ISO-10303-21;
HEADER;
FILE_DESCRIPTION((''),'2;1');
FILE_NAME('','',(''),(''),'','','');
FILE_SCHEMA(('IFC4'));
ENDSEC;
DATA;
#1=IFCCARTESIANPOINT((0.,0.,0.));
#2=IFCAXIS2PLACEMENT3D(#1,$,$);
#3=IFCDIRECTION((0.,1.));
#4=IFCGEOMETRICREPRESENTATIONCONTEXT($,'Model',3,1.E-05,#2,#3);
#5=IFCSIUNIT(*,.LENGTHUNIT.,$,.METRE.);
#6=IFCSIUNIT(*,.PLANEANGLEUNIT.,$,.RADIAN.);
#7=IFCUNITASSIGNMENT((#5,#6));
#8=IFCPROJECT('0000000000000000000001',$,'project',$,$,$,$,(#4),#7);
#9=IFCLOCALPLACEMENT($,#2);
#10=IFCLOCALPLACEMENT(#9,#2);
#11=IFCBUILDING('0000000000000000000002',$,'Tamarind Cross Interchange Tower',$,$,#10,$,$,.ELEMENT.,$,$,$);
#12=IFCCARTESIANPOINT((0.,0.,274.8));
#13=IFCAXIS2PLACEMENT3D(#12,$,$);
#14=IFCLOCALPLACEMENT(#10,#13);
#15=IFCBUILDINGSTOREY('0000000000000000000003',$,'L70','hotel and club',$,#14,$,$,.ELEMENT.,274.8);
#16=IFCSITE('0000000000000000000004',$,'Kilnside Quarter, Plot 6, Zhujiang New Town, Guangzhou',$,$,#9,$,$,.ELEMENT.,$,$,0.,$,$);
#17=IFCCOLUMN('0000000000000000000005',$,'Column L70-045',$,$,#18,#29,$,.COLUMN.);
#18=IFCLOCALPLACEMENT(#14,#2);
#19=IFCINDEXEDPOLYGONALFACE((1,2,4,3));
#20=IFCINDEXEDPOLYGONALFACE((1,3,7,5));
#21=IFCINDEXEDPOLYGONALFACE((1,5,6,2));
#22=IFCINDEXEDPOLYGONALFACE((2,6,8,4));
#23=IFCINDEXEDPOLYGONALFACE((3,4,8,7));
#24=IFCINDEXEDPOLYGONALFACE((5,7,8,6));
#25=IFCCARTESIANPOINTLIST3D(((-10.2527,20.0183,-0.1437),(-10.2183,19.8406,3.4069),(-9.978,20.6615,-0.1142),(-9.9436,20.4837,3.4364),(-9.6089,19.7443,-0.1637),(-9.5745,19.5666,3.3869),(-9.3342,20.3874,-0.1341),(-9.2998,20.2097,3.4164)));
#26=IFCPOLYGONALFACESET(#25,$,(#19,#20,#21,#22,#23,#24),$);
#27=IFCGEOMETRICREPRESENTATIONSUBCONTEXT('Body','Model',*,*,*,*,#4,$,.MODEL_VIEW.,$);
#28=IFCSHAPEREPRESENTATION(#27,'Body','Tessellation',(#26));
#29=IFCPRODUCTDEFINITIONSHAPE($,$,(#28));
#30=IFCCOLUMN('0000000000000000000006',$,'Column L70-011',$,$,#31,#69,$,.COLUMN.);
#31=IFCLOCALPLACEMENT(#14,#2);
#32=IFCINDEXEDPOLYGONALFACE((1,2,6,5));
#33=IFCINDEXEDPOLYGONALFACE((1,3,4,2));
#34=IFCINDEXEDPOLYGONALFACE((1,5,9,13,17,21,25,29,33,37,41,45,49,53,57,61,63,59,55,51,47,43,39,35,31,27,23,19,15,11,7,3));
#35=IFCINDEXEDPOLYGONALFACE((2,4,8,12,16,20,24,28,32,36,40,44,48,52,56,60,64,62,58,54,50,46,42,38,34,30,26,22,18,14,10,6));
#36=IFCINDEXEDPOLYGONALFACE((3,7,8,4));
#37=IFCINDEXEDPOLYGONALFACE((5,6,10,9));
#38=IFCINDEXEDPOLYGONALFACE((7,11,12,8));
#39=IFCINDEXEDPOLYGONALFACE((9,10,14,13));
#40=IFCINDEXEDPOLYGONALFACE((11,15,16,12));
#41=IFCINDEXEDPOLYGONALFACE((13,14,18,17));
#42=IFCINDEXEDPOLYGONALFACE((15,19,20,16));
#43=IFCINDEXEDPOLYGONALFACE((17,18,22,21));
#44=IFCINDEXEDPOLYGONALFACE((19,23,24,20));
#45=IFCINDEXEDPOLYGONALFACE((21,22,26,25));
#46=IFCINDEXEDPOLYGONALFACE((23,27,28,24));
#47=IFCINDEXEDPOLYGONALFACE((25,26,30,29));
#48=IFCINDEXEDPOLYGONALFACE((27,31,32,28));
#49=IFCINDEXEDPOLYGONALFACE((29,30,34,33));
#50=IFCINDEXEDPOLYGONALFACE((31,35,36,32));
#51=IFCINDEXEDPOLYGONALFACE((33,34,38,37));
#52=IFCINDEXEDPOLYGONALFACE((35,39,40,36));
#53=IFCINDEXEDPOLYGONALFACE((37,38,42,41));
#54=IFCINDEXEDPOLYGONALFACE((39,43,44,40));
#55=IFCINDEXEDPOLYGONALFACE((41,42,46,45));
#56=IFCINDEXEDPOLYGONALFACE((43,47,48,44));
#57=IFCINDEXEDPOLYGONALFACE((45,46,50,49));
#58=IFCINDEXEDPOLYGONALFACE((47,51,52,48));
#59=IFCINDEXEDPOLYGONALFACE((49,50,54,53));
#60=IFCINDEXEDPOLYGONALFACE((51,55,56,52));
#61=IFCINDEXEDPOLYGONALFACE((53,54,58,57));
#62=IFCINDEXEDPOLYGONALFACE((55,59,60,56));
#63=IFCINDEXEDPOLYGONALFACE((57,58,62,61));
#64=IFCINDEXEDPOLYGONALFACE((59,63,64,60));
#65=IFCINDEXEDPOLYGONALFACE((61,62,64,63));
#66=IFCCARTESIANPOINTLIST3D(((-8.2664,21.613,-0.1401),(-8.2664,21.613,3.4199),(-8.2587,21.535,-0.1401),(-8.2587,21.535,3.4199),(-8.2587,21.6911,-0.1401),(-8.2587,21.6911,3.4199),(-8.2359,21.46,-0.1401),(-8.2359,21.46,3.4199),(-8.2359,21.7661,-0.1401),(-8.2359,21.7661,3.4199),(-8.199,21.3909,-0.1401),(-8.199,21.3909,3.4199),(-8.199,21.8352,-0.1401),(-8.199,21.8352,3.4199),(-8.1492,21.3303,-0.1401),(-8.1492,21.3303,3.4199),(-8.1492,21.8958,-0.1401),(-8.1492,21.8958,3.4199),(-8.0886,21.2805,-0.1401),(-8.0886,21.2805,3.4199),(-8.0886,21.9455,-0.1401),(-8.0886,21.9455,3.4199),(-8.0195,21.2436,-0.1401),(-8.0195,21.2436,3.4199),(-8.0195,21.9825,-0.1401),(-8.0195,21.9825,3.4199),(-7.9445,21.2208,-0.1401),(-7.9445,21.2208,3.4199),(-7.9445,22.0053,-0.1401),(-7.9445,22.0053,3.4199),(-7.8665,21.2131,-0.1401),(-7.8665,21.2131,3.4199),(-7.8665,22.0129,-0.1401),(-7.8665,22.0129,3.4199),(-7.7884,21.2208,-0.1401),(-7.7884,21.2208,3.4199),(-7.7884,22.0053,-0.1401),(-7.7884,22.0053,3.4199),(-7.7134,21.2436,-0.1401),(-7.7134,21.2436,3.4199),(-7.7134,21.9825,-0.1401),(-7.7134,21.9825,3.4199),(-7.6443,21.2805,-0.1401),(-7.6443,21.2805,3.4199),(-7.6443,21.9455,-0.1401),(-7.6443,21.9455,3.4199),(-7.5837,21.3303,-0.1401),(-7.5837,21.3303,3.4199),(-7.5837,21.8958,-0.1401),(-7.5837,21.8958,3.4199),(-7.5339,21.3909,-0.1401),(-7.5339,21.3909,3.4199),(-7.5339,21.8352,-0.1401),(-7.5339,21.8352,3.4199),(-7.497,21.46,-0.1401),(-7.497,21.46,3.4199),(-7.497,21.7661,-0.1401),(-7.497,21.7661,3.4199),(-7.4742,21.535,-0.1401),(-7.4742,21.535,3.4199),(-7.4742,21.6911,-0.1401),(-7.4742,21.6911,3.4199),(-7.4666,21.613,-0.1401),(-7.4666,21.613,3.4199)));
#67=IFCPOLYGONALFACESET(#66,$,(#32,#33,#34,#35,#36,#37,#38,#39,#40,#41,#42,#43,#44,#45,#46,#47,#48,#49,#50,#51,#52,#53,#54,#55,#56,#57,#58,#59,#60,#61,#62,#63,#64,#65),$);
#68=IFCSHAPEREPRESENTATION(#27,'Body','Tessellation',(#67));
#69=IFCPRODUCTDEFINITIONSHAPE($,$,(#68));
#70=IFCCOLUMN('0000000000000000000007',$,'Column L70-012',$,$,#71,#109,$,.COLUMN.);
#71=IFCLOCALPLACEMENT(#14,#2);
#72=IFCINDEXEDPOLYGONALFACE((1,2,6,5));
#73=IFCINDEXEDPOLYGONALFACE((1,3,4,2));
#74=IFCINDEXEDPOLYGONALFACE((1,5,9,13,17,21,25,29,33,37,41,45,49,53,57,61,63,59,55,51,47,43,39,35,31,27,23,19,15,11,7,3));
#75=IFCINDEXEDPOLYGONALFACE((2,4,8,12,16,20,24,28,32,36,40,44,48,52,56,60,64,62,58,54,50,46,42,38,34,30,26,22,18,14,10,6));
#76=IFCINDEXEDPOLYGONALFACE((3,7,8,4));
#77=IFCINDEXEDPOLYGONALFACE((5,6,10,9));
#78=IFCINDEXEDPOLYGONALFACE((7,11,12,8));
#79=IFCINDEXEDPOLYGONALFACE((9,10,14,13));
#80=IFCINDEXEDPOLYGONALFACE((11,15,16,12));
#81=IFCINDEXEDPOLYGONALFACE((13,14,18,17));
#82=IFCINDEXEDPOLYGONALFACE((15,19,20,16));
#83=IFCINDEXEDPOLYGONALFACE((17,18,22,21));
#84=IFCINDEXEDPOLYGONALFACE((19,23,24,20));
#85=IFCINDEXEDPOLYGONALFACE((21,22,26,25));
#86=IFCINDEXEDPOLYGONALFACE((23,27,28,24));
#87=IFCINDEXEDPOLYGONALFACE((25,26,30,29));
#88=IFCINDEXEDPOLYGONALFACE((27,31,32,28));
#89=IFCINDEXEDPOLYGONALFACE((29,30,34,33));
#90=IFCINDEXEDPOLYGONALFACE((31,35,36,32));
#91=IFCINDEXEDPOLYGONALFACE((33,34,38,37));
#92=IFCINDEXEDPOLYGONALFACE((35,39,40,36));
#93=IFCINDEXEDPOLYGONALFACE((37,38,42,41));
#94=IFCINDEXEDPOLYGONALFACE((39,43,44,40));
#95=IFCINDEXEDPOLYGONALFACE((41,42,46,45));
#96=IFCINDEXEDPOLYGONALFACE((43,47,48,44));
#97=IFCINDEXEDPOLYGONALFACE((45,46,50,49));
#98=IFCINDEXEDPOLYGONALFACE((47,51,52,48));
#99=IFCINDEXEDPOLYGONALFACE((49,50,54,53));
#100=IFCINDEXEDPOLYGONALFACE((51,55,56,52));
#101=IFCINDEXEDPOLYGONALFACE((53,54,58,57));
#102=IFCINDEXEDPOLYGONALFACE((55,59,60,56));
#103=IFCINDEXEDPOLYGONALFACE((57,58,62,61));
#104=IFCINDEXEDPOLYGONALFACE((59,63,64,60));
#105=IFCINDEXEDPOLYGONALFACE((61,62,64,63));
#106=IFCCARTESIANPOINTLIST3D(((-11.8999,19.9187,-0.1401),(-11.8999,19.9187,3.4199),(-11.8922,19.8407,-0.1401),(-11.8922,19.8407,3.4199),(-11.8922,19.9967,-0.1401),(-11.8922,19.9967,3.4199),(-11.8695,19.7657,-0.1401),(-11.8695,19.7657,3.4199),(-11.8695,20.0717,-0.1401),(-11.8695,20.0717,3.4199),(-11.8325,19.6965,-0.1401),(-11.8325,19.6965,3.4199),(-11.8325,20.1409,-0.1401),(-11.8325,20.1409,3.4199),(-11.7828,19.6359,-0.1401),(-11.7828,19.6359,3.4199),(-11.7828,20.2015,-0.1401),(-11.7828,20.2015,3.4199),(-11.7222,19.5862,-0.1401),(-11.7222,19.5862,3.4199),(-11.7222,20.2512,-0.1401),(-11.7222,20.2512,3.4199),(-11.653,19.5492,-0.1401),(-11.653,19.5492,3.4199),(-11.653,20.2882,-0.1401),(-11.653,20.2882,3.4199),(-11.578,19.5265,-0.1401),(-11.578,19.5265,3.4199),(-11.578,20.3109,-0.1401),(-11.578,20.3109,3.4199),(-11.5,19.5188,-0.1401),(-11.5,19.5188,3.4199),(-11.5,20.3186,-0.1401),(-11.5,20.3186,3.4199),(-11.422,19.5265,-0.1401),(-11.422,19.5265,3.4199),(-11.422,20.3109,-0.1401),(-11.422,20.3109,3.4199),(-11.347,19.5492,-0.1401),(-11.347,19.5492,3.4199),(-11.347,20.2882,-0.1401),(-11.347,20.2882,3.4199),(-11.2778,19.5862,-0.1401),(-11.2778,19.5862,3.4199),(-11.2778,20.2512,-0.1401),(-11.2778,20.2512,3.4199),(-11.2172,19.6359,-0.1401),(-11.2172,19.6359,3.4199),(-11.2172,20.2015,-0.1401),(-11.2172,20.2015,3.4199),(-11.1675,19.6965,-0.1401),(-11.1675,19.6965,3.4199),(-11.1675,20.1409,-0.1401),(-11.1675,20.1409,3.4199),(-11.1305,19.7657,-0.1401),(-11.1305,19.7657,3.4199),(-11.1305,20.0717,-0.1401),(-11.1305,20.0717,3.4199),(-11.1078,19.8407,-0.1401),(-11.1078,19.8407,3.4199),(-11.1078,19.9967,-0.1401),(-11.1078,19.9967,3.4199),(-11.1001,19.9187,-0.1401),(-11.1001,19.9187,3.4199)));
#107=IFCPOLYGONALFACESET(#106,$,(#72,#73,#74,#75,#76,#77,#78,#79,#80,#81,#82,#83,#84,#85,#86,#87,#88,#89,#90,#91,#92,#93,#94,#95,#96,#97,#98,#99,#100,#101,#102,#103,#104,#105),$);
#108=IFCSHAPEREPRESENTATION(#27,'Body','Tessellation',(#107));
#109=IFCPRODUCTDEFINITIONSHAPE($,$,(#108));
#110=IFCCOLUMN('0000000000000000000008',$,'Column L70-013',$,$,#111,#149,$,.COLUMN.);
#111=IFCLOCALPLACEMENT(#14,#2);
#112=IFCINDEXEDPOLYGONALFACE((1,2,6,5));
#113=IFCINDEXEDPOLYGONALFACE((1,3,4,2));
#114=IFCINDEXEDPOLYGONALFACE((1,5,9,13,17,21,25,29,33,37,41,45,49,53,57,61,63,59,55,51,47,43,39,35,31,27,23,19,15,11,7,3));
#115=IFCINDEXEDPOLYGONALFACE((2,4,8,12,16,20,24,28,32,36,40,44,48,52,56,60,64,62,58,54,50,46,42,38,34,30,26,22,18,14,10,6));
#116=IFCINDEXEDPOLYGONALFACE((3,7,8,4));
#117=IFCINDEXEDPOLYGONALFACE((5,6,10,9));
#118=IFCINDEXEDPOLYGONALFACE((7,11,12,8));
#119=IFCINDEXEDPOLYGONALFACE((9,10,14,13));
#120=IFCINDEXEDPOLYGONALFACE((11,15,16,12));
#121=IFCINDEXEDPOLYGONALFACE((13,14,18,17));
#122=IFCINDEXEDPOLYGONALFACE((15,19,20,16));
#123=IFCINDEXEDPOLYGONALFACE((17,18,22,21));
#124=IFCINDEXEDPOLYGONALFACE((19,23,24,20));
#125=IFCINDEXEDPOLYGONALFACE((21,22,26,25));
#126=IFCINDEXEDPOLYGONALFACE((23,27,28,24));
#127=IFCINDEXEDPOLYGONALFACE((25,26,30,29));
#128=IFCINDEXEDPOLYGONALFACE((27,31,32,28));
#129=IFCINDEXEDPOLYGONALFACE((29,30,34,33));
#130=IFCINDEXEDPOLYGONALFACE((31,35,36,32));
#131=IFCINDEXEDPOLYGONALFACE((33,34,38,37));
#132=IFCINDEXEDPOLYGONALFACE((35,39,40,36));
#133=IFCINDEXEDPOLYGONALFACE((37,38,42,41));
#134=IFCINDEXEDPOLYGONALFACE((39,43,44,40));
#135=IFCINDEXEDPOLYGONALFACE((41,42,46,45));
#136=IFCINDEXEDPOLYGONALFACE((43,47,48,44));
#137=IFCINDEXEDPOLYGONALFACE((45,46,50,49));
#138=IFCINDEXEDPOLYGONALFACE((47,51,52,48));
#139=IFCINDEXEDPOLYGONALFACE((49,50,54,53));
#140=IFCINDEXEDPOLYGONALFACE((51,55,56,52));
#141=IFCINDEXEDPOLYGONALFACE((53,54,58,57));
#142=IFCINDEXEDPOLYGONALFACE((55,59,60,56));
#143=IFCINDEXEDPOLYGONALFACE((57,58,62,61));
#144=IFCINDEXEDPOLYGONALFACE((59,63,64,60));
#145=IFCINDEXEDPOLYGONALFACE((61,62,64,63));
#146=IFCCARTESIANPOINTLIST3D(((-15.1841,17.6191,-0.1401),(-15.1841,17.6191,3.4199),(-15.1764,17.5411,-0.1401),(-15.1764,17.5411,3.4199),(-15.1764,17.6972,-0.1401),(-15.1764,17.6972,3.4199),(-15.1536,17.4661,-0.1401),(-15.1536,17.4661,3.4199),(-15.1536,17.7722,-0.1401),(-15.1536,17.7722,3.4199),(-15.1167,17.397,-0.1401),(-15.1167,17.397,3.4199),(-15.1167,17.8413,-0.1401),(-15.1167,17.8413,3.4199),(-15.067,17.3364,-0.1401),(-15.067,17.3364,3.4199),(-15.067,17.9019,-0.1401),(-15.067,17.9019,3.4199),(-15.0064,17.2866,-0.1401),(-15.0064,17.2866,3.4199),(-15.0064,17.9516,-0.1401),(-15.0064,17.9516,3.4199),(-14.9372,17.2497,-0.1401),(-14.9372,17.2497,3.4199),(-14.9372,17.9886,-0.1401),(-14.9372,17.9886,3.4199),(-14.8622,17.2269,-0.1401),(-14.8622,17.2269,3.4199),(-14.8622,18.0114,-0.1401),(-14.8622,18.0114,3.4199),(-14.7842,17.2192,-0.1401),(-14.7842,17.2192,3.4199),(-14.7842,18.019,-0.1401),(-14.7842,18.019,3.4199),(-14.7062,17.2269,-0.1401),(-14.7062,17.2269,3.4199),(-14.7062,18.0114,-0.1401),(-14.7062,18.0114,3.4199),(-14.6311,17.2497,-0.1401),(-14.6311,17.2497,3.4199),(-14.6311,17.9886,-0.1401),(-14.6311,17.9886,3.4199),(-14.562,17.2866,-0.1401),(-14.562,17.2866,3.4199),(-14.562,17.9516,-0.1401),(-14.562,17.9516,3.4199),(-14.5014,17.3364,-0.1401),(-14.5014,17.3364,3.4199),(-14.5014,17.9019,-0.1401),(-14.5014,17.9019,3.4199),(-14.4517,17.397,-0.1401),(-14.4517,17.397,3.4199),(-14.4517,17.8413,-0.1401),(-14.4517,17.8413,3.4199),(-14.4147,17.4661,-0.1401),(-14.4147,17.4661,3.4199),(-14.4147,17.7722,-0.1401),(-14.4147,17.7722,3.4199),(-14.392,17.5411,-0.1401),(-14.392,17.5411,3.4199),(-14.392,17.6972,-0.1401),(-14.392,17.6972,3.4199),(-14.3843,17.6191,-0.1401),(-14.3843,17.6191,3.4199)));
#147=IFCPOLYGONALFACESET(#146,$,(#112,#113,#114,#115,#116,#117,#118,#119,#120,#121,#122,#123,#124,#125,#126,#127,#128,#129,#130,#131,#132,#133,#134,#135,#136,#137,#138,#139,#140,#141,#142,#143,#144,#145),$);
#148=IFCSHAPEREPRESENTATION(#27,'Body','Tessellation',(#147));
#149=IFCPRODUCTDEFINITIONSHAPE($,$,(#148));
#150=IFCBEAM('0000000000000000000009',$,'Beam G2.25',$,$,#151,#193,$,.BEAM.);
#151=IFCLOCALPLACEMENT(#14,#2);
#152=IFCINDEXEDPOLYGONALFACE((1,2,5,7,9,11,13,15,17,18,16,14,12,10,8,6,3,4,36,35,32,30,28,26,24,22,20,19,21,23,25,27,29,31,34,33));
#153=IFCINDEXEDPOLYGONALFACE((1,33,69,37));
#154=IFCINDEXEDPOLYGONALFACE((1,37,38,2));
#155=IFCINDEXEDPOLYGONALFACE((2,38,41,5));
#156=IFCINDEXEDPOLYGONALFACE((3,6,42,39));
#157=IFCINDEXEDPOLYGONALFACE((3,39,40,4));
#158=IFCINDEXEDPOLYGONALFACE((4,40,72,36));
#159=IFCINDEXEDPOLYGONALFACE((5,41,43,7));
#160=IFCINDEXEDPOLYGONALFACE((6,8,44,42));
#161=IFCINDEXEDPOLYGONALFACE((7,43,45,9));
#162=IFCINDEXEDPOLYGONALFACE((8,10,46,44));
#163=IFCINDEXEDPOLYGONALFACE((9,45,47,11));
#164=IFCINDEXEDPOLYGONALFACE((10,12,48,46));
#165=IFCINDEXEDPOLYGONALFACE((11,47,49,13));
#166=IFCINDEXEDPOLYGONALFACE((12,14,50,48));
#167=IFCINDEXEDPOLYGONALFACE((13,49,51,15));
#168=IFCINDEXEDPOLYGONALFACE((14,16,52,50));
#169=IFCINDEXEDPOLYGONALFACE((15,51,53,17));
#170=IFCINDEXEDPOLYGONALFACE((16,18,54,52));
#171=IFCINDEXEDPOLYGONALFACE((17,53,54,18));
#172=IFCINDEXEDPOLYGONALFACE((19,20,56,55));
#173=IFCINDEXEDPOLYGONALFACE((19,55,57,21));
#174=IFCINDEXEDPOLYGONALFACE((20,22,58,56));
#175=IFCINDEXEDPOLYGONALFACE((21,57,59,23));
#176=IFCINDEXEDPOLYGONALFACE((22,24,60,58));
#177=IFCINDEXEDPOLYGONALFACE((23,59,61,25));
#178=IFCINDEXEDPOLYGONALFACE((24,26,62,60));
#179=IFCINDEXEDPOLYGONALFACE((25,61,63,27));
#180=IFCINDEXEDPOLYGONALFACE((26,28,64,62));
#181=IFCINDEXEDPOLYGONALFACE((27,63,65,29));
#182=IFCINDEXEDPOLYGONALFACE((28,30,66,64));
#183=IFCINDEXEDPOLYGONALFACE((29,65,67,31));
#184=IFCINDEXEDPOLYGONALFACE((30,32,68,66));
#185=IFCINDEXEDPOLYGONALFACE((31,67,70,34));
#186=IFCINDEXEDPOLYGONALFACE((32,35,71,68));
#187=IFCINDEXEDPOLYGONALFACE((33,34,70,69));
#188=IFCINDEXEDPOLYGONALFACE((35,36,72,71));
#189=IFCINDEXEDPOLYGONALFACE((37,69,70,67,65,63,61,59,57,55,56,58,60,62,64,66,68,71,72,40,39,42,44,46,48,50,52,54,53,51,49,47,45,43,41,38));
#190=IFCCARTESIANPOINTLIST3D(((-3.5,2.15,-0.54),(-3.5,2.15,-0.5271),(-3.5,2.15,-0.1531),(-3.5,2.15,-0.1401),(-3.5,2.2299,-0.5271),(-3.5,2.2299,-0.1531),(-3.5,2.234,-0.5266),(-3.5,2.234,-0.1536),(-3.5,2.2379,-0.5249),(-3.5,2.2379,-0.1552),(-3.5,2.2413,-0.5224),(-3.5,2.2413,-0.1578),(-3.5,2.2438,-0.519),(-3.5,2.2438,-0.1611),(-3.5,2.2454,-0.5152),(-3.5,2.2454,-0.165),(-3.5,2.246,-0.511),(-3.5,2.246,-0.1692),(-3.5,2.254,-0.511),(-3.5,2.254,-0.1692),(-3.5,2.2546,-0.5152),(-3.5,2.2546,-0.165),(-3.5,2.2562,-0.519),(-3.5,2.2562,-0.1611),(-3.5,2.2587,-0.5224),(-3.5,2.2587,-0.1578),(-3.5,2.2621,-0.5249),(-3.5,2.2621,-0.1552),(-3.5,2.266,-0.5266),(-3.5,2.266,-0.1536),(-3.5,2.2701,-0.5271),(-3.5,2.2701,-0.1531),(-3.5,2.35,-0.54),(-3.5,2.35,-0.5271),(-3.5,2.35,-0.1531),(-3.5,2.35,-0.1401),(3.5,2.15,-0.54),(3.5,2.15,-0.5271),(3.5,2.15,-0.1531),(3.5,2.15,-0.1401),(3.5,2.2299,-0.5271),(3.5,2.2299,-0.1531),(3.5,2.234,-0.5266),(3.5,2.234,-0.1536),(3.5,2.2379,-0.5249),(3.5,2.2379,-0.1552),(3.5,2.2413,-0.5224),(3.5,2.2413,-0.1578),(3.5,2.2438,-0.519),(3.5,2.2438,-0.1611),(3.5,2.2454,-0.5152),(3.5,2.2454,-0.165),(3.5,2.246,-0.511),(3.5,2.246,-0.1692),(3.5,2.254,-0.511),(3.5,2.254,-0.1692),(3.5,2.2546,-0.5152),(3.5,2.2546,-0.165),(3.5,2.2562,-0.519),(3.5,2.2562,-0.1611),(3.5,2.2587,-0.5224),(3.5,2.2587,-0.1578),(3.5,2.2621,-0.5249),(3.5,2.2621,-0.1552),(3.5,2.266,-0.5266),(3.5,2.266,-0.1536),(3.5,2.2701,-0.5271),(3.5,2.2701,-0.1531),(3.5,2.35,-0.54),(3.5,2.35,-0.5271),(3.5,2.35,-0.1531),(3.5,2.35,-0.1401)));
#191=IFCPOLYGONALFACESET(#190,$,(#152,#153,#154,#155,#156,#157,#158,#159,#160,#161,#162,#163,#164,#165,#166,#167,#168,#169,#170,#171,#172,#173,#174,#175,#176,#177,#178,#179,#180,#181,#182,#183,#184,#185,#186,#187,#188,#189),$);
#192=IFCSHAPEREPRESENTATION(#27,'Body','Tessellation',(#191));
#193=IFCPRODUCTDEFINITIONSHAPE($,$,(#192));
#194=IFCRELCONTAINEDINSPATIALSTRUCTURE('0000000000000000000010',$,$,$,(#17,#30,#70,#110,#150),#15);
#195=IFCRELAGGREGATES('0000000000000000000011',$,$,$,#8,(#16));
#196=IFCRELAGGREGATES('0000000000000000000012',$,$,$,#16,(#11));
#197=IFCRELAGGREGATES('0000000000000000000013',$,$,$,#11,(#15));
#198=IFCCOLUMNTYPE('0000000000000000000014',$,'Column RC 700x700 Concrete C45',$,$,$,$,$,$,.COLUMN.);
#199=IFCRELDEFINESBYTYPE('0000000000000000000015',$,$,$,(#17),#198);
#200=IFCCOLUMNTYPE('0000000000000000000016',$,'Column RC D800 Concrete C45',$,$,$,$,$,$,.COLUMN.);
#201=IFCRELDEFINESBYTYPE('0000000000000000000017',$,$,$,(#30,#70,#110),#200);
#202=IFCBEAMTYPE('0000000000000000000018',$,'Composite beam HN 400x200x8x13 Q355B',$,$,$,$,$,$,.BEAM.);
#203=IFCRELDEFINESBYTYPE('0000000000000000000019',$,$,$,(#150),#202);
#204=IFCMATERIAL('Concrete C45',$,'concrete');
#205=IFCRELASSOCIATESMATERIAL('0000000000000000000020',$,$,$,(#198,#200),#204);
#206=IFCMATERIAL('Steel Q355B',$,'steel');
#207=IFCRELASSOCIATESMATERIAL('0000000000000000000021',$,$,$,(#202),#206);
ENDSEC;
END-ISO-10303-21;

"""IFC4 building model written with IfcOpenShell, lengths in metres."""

from ifc_helpers import new_model, si_unit, direction, frame, origin, origin_2d, place, context, subcontext, project, spatial, rectangle, circle, i_section, extrude, material, material_profile, profile_set, type_object, element, save


model = new_model("IFC4")

# Units and contexts
model_context = context("Model", 3, precision=1e-05, world=origin(), true_north=direction((0.0, 1.0)))
body_context = subcontext(model_context, "Body", "Model", "MODEL_VIEW")
ifc_project = project(units=[si_unit("LENGTHUNIT", "METRE"), si_unit("PLANEANGLEUNIT", "RADIAN")], contexts=[model_context])

# Site, building, storey
site_placement = place(None, origin())
site = spatial("IfcSite", under=ifc_project, at=site_placement, Name="Kilnside Quarter, Plot 6, Zhujiang New Town, Guangzhou", CompositionType="ELEMENT", RefElevation=0.0)
building_placement = place(site_placement, origin())
building = spatial("IfcBuilding", under=site, at=building_placement, Name="Tamarind Cross Interchange Tower", CompositionType="ELEMENT")
storey_placement = place(building_placement, frame((0.0, 0.0, 274.8)))
storey = spatial("IfcBuildingStorey", under=building, at=storey_placement, Name="L70", Description="hotel and club", CompositionType="ELEMENT", Elevation=274.8)

# Columns
ifc_material_1 = material(Name="Concrete C45", Category="concrete")
ifc_material_profile_1 = material_profile(ifc_material_1, rectangle(XDim=0.7, YDim=0.7, at=origin_2d()), Name="RC 700x700")
ifc_profile_set_1 = profile_set([ifc_material_profile_1], Name="Concrete C45")
column_type_1 = type_object("IfcColumnType", Name="Column RC 700x700 Concrete C45", PredefinedType="COLUMN", material=ifc_profile_set_1)
column_placement = place(storey_placement, frame((-9.7935, 20.2029, -0.1389), z_axis=(0.009683, -0.049994, 0.998703), x_axis=(0.392405, 0.918825, 0.04219)))
element("IfcColumn", 1, at=column_placement, inside=storey, type_object=column_type_1, Name="Column L70-045", PredefinedType="COLUMN", context=body_context, shape_type="SweptSolid", body=[
    extrude(rectangle(XDim=0.7, YDim=0.7, at=origin_2d()), origin(), (0.0, 0.0, 1.0), 3.5552),
])
ifc_material_profile_2 = material_profile(ifc_material_1, circle(Radius=0.3999, at=origin_2d()), Name="RC D800")
ifc_profile_set_2 = profile_set([ifc_material_profile_2], Name="Concrete C45")
column_type_2 = type_object("IfcColumnType", Name="Column RC D800 Concrete C45", PredefinedType="COLUMN", material=ifc_profile_set_2)
for number, where, z_axis, x_axis, name in (
    (2, (-7.8665, 21.613, -0.1401), (0.0, 0.0, 1.0), (1.0, 0.0, 0.0), "Column L70-011"),
    (3, (-11.5, 19.9187, -0.1401), (0.0, 0.0, 1.0), (1.0, 0.0, 0.0), "Column L70-012"),
    (4, (-14.7842, 17.6191, -0.1401), (0.0, 0.0, 1.0), (1.0, 0.0, 0.0), "Column L70-013"),
):
    element("IfcColumn", number, at=place(storey_placement, frame(where, z_axis=z_axis, x_axis=x_axis)), inside=storey, type_object=column_type_2, Name=name, PredefinedType="COLUMN", context=body_context, shape_type="SweptSolid", body=[
        extrude(circle(Radius=0.3999, at=origin_2d()), origin(), (0.0, 0.0, 1.0), 3.5601),
    ])

# Beam
ifc_material_2 = material(Name="Steel Q355B", Category="steel")
ifc_material_profile_3 = material_profile(ifc_material_2, i_section(OverallWidth=0.2, OverallDepth=0.3999, WebThickness=0.0081, FlangeThickness=0.0129, FilletRadius=0.0161, at=origin_2d()), Name="HN 400x200x8x13")
ifc_profile_set_3 = profile_set([ifc_material_profile_3], Name="Steel Q355B")
beam_type_1 = type_object("IfcBeamType", Name="Composite beam HN 400x200x8x13 Q355B", PredefinedType="BEAM", material=ifc_profile_set_3)
for number, where, z_axis, x_axis, name in (
    (5, (-3.5, 2.25, -0.3401), (1.0, 0.0, 0.0), (0.0, 1.0, 0.0), "Beam G2.25"),
):
    element("IfcBeam", number, at=place(storey_placement, frame(where, z_axis=z_axis, x_axis=x_axis)), inside=storey, type_object=beam_type_1, Name=name, PredefinedType="BEAM", context=body_context, shape_type="SweptSolid", body=[
        extrude(i_section(OverallWidth=0.2, OverallDepth=0.3999, WebThickness=0.0081, FlangeThickness=0.0129, FilletRadius=0.0161, at=origin_2d()), origin(), (0.0, 0.0, 1.0), 7.0),
    ])

save(model, "model.ifc")
